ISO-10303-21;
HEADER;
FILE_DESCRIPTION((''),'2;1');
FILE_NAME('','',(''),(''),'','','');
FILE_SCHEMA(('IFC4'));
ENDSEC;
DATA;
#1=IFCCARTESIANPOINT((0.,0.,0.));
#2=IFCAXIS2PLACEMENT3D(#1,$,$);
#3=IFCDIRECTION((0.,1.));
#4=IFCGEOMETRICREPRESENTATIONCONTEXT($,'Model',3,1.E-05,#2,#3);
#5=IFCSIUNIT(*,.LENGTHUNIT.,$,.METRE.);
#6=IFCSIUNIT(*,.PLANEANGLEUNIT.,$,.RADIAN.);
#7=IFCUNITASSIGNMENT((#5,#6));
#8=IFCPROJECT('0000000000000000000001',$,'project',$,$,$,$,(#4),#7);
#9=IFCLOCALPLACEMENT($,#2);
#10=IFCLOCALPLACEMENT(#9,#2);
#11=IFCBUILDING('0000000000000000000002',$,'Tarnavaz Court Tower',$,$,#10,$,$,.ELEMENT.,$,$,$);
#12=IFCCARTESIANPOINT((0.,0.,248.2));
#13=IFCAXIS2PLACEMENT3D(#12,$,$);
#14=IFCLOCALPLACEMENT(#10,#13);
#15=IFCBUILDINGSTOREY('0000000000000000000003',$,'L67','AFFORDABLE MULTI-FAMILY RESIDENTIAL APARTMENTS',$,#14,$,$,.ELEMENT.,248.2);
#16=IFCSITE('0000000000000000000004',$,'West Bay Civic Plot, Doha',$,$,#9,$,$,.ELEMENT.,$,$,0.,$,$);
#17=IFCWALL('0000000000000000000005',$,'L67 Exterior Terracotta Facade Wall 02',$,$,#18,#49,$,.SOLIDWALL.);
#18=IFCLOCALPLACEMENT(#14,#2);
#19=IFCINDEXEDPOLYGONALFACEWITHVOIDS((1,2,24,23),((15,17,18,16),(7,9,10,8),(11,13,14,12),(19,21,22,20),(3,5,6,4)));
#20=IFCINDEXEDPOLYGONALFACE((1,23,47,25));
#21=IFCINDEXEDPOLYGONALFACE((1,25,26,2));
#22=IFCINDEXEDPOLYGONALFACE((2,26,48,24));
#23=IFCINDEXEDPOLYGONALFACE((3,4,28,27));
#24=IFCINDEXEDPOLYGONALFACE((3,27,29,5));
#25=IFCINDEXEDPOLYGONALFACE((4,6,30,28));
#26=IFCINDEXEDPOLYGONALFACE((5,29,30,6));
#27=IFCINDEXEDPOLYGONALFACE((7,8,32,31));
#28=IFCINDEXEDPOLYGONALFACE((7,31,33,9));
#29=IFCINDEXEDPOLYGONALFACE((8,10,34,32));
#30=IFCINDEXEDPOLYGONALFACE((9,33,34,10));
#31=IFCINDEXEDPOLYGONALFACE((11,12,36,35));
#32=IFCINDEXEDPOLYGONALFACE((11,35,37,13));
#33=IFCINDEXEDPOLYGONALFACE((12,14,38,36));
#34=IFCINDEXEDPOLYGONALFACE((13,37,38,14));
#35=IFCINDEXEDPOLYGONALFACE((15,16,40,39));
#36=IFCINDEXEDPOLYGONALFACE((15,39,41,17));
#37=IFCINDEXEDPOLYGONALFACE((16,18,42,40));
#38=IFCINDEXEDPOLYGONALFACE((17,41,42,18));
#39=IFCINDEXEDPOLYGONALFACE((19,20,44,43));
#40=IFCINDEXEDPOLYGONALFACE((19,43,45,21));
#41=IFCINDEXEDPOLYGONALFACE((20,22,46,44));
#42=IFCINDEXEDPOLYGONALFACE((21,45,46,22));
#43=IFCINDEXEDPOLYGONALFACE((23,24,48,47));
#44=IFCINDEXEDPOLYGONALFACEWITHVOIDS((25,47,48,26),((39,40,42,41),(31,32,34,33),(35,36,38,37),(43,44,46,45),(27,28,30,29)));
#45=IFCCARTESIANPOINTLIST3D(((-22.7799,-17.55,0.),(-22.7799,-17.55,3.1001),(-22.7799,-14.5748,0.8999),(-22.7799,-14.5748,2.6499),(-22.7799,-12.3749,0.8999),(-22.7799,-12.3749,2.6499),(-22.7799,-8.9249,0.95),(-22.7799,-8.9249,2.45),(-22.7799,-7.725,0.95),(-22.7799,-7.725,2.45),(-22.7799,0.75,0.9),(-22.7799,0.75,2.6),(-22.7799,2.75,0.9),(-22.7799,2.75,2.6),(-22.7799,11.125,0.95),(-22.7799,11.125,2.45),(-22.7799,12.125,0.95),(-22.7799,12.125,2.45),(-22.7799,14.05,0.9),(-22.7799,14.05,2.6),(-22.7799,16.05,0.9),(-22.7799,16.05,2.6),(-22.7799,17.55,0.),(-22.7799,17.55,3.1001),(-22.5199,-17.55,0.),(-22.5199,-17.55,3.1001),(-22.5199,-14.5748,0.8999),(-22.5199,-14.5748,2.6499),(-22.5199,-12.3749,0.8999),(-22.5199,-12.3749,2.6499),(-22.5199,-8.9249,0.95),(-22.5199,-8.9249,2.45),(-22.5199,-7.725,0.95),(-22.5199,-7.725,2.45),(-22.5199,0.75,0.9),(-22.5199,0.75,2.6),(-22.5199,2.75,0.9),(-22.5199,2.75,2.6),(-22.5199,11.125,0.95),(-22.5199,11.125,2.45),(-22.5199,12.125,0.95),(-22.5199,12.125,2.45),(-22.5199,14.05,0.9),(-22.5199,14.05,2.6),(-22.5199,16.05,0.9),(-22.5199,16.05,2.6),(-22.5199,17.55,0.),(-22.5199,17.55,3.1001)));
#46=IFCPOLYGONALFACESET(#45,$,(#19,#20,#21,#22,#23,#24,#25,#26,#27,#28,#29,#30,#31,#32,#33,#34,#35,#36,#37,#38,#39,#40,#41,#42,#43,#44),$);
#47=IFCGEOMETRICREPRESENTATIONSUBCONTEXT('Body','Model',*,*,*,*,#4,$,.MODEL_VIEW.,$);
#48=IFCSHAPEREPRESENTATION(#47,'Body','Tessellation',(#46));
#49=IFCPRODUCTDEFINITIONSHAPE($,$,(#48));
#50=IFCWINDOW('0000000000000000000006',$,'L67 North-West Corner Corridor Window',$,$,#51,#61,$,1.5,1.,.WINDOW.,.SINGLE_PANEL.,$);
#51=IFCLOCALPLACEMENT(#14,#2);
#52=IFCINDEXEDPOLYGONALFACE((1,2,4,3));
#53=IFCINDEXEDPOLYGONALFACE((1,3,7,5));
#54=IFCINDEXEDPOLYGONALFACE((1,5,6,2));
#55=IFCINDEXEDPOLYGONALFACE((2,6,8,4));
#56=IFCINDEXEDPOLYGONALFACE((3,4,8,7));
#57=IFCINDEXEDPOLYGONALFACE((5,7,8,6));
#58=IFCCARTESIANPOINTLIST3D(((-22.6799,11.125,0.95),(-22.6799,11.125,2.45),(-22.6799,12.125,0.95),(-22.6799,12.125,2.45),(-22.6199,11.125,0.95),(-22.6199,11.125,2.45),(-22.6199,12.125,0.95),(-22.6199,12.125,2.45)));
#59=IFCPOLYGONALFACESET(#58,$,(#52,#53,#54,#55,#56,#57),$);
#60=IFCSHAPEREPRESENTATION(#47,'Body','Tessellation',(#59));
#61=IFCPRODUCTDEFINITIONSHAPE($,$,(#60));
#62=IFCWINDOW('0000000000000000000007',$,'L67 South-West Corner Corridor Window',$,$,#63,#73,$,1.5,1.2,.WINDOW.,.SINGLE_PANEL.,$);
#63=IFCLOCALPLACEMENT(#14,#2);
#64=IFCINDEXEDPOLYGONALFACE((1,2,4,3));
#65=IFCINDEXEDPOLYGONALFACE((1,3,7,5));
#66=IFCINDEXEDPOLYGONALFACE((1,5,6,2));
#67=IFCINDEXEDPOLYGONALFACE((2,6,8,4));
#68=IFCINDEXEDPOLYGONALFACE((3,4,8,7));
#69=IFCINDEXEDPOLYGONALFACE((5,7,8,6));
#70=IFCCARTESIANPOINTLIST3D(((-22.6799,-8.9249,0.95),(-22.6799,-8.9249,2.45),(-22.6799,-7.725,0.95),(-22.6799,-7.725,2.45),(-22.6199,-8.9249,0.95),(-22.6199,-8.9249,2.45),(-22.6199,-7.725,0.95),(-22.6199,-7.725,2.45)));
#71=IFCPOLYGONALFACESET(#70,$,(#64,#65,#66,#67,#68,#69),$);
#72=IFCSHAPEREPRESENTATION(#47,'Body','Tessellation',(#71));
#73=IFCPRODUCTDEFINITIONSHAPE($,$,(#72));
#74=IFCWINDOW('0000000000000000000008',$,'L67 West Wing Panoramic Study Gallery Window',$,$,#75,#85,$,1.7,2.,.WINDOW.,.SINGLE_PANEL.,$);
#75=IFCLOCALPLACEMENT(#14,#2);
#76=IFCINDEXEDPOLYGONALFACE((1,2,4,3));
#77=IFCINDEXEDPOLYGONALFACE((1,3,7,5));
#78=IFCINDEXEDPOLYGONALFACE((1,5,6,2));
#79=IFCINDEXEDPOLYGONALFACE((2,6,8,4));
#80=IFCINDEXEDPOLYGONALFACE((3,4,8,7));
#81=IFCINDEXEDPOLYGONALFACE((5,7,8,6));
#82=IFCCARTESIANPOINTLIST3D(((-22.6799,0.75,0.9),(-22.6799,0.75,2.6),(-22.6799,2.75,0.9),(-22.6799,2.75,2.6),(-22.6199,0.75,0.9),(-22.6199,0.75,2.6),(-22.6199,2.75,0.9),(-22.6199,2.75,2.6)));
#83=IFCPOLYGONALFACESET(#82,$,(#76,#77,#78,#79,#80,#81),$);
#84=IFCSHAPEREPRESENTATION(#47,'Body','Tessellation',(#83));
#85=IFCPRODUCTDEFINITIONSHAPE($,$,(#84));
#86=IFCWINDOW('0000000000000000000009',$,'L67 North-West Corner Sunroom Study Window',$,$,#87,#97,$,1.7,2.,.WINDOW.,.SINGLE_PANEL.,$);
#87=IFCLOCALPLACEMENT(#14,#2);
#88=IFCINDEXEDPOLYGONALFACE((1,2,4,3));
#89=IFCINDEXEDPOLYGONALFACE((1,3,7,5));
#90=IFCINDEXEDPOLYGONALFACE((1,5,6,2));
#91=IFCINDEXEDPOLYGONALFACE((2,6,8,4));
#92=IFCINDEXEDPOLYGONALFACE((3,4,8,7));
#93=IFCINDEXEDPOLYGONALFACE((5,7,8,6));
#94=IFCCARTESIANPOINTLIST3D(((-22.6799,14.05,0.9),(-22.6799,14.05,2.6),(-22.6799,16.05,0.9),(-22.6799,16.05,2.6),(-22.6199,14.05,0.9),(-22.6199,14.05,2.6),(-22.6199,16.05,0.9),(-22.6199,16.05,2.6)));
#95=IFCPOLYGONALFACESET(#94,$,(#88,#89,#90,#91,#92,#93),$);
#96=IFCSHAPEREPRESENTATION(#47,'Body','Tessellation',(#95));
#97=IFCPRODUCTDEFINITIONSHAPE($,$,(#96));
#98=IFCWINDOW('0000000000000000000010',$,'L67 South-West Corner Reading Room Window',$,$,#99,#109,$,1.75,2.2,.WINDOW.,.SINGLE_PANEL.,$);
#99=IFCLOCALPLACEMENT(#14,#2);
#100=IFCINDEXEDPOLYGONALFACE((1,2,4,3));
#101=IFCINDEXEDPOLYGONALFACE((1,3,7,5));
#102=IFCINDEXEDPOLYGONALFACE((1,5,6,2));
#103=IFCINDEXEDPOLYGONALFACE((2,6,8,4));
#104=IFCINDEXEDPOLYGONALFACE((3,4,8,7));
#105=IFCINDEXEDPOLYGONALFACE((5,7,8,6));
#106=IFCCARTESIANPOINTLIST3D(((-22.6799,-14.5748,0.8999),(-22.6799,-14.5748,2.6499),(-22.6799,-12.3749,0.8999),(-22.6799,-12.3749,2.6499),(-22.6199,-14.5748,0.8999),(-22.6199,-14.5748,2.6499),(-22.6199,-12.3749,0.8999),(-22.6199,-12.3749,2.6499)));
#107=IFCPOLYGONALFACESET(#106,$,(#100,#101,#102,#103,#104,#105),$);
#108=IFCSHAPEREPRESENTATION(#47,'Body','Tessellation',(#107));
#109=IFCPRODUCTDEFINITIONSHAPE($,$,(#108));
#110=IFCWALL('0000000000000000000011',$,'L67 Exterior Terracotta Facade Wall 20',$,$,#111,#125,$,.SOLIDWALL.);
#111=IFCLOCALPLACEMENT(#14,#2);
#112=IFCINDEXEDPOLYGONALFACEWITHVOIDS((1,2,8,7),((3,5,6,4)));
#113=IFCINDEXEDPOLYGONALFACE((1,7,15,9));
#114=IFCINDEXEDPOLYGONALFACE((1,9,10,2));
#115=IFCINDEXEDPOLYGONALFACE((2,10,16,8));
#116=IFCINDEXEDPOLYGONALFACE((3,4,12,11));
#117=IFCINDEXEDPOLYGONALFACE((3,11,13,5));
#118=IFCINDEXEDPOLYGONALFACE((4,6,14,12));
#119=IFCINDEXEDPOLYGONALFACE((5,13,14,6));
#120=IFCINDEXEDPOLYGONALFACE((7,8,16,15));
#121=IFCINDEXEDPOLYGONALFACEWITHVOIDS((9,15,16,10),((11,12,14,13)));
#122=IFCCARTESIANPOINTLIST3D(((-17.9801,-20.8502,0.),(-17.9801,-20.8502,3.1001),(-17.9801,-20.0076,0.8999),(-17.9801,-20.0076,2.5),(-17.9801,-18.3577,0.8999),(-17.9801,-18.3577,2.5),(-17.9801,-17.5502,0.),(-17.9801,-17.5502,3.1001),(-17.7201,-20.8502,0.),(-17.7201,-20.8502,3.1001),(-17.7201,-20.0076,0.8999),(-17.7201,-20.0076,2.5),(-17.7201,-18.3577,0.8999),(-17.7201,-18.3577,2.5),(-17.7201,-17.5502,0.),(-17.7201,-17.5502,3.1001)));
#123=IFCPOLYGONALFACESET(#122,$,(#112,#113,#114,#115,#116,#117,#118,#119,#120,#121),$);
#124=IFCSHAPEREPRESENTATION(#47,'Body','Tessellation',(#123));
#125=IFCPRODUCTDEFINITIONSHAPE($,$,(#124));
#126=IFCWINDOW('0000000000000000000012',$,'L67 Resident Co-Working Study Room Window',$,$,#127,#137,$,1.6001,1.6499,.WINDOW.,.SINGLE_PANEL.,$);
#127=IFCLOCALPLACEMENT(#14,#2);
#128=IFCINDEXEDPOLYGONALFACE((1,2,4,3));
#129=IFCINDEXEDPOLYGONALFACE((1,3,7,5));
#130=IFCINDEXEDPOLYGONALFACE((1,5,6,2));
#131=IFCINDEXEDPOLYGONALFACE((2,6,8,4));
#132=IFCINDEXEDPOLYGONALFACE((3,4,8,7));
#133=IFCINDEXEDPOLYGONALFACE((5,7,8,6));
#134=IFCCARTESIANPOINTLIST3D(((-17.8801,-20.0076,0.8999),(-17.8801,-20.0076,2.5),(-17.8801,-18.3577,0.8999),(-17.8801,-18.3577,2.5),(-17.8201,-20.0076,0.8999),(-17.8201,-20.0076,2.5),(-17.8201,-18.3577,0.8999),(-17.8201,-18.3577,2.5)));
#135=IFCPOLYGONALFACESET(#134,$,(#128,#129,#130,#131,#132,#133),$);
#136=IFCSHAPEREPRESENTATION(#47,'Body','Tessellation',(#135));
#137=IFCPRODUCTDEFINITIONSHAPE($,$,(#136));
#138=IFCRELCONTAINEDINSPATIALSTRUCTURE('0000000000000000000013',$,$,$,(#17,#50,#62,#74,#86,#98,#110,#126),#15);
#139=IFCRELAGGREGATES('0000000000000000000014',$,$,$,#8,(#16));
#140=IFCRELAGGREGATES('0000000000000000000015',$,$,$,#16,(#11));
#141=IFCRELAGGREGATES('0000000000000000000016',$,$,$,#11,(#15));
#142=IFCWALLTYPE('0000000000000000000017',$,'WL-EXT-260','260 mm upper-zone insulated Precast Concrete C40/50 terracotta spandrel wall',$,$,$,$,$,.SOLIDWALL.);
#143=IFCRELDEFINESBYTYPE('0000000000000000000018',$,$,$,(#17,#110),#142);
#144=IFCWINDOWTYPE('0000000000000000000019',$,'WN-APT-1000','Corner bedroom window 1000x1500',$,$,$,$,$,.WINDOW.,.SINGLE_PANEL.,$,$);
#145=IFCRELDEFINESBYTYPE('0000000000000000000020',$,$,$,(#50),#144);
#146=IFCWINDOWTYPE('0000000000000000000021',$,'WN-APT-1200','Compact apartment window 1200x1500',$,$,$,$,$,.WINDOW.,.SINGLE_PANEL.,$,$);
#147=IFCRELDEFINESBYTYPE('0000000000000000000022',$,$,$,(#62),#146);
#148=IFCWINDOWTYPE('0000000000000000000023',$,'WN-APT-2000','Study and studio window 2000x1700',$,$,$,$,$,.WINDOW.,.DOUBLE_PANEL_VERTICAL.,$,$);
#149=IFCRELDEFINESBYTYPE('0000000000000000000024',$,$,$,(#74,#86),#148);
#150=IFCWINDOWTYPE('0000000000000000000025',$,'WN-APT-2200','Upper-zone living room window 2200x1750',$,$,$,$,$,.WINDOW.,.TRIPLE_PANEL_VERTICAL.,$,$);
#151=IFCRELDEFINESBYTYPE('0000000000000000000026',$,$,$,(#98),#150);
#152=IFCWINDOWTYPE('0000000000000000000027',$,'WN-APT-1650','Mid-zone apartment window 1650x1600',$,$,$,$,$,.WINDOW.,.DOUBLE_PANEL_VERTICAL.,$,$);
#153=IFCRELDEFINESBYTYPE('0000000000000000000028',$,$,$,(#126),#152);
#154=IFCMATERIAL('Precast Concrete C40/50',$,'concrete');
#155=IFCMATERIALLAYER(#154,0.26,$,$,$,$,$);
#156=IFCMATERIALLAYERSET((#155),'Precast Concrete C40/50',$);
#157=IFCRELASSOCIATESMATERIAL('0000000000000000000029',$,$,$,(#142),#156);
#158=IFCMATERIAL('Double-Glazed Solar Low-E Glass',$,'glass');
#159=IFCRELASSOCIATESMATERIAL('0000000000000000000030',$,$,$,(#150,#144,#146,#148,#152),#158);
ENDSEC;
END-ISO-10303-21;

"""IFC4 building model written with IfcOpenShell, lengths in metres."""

from ifc_helpers import new_model, si_unit, direction, frame, frame_2d, origin, place, context, subcontext, project, spatial, rectangle, extrude, material, layer, layer_set, type_object, element, fill, save


model = new_model("IFC4")

# Units and contexts
model_context = context("Model", 3, precision=1e-05, world=origin(), true_north=direction((0.0, 1.0)))
body_context = subcontext(model_context, "Body", "Model", "MODEL_VIEW")
ifc_project = project(units=[si_unit("LENGTHUNIT", "METRE"), si_unit("PLANEANGLEUNIT", "RADIAN")], contexts=[model_context])

# Site, building, storey
site_placement = place(None, origin())
site = spatial("IfcSite", under=ifc_project, at=site_placement, Name="West Bay Civic Plot, Doha", CompositionType="ELEMENT", RefElevation=0.0)
building_placement = place(site_placement, origin())
building = spatial("IfcBuilding", under=site, at=building_placement, Name="Tarnavaz Court Tower", CompositionType="ELEMENT")
storey_placement = place(building_placement, frame((0.0, 0.0, 248.2)))
storey = spatial("IfcBuildingStorey", under=building, at=storey_placement, Name="L67", Description="AFFORDABLE MULTI-FAMILY RESIDENTIAL APARTMENTS", CompositionType="ELEMENT", Elevation=248.2)

# Shared definitions
ifc_material_1 = material(Name="Precast Concrete C40/50", Category="concrete")
ifc_layer_1 = layer(ifc_material_1, 0.26)
ifc_layer_set_1 = layer_set([ifc_layer_1], Name="Precast Concrete C40/50")
wall_type_1 = type_object("IfcWallType", Name="WL-EXT-260", Description="260 mm upper-zone insulated Precast Concrete C40/50 terracotta spandrel wall", PredefinedType="SOLIDWALL", material=ifc_layer_set_1)
ifc_material_2 = material(Name="Double-Glazed Solar Low-E Glass", Category="glass")
window_type_1 = type_object("IfcWindowType", Name="WN-APT-2200", Description="Upper-zone living room window 2200x1750", PartitioningType="TRIPLE_PANEL_VERTICAL", PredefinedType="WINDOW", material=ifc_material_2)

# Wall, openings, windows
wall_1_placement = place(storey_placement, frame((-22.6499, -17.55, 0.0), z_axis=(0.0, 0.0, 1.0), x_axis=(0.0, 1.0, 0.0)))
wall_1 = element("IfcWall", 1, at=wall_1_placement, inside=storey, type_object=wall_type_1, Name="L67 Exterior Terracotta Facade Wall 02", PredefinedType="SOLIDWALL", context=body_context, shape_type="SweptSolid", body=[
    extrude(rectangle(XDim=35.1001, YDim=0.26, at=frame_2d((17.55, 0.0))), origin(), (0.0, 0.0, 1.0), 3.1001),
])
opening_1_placement = place(wall_1_placement, frame((2.9751, 0.0, 0.8999)))
opening_1 = element("IfcOpeningElement", 2, at=opening_1_placement, cuts=wall_1, PredefinedType="OPENING", context=body_context, shape_type="SweptSolid", body=[
    extrude(rectangle(XDim=2.2, YDim=1.75, at=frame_2d((1.1001, 0.875))), frame((0.0, 0.1399, 0.0), z_axis=(0.0, -1.0, 0.0), x_axis=(1.0, 0.0, 0.0)), (0.0, 0.0, 1.0), 0.28),
])
opening_2_placement = place(wall_1_placement, frame((8.625, 0.0, 0.95)))
opening_2 = element("IfcOpeningElement", 3, at=opening_2_placement, cuts=wall_1, PredefinedType="OPENING", context=body_context, shape_type="SweptSolid", body=[
    extrude(rectangle(XDim=1.2, YDim=1.5, at=frame_2d((0.6001, 0.75))), frame((0.0, 0.1399, 0.0), z_axis=(0.0, -1.0, 0.0), x_axis=(1.0, 0.0, 0.0)), (0.0, 0.0, 1.0), 0.28),
])
opening_3_placement = place(wall_1_placement, frame((18.3, 0.0, 0.8999)))
opening_3 = element("IfcOpeningElement", 4, at=opening_3_placement, cuts=wall_1, PredefinedType="OPENING", context=body_context, shape_type="SweptSolid", body=[
    extrude(rectangle(XDim=2.0, YDim=1.7, at=frame_2d((1.0, 0.8501))), frame((0.0, 0.1399, 0.0), z_axis=(0.0, -1.0, 0.0), x_axis=(1.0, 0.0, 0.0)), (0.0, 0.0, 1.0), 0.28),
])
opening_4_placement = place(wall_1_placement, frame((28.675, 0.0, 0.95)))
opening_4 = element("IfcOpeningElement", 5, at=opening_4_placement, cuts=wall_1, PredefinedType="OPENING", context=body_context, shape_type="SweptSolid", body=[
    extrude(rectangle(XDim=1.0, YDim=1.5, at=frame_2d((0.5, 0.75))), frame((0.0, 0.1399, 0.0), z_axis=(0.0, -1.0, 0.0), x_axis=(1.0, 0.0, 0.0)), (0.0, 0.0, 1.0), 0.28),
])
opening_5_placement = place(wall_1_placement, frame((31.6001, 0.0, 0.8999)))
opening_5 = element("IfcOpeningElement", 6, at=opening_5_placement, cuts=wall_1, PredefinedType="OPENING", context=body_context, shape_type="SweptSolid", body=[
    extrude(rectangle(XDim=2.0, YDim=1.7, at=frame_2d((1.0, 0.8501))), frame((0.0, 0.1399, 0.0), z_axis=(0.0, -1.0, 0.0), x_axis=(1.0, 0.0, 0.0)), (0.0, 0.0, 1.0), 0.28),
])
window_type_2 = type_object("IfcWindowType", Name="WN-APT-1000", Description="Corner bedroom window 1000x1500", PartitioningType="SINGLE_PANEL", PredefinedType="WINDOW", material=ifc_material_2)
window_1_placement = place(opening_4_placement, origin())
window_1 = element("IfcWindow", 7, at=window_1_placement, inside=storey, type_object=window_type_2, Name="L67 North-West Corner Corridor Window", OverallHeight=1.5, OverallWidth=1.0, PartitioningType="SINGLE_PANEL", PredefinedType="WINDOW", context=body_context, shape_type="SweptSolid", body=[
    extrude(rectangle(XDim=1.0, YDim=1.5, at=frame_2d((0.5, 0.75))), frame((0.0, 0.03, 0.0), z_axis=(0.0, -1.0, 0.0), x_axis=(1.0, 0.0, 0.0)), (0.0, 0.0, 1.0), 0.0601),
])
fill(opening_4, window_1)
window_type_3 = type_object("IfcWindowType", Name="WN-APT-1200", Description="Compact apartment window 1200x1500", PartitioningType="SINGLE_PANEL", PredefinedType="WINDOW", material=ifc_material_2)
window_2_placement = place(opening_2_placement, origin())
window_2 = element("IfcWindow", 8, at=window_2_placement, inside=storey, type_object=window_type_3, Name="L67 South-West Corner Corridor Window", OverallHeight=1.5, OverallWidth=1.2, PartitioningType="SINGLE_PANEL", PredefinedType="WINDOW", context=body_context, shape_type="SweptSolid", body=[
    extrude(rectangle(XDim=1.2, YDim=1.5, at=frame_2d((0.6001, 0.75))), frame((0.0, 0.03, 0.0), z_axis=(0.0, -1.0, 0.0), x_axis=(1.0, 0.0, 0.0)), (0.0, 0.0, 1.0), 0.0601),
])
fill(opening_2, window_2)
window_type_4 = type_object("IfcWindowType", Name="WN-APT-2000", Description="Study and studio window 2000x1700", PartitioningType="DOUBLE_PANEL_VERTICAL", PredefinedType="WINDOW", material=ifc_material_2)
window_3_placement = place(opening_3_placement, origin())
window_3 = element("IfcWindow", 9, at=window_3_placement, inside=storey, type_object=window_type_4, Name="L67 West Wing Panoramic Study Gallery Window", OverallHeight=1.7, OverallWidth=2.0, PartitioningType="SINGLE_PANEL", PredefinedType="WINDOW", context=body_context, shape_type="SweptSolid", body=[
    extrude(rectangle(XDim=2.0, YDim=1.7, at=frame_2d((1.0, 0.8501))), frame((0.0, 0.03, 0.0), z_axis=(0.0, -1.0, 0.0), x_axis=(1.0, 0.0, 0.0)), (0.0, 0.0, 1.0), 0.0601),
])
fill(opening_3, window_3)
window_4_placement = place(opening_5_placement, origin())
window_4 = element("IfcWindow", 10, at=window_4_placement, inside=storey, type_object=window_type_4, Name="L67 North-West Corner Sunroom Study Window", OverallHeight=1.7, OverallWidth=2.0, PartitioningType="SINGLE_PANEL", PredefinedType="WINDOW", context=body_context, shape_type="SweptSolid", body=[
    extrude(rectangle(XDim=2.0, YDim=1.7, at=frame_2d((1.0, 0.8501))), frame((0.0, 0.03, 0.0), z_axis=(0.0, -1.0, 0.0), x_axis=(1.0, 0.0, 0.0)), (0.0, 0.0, 1.0), 0.0601),
])
fill(opening_5, window_4)
window_5_placement = place(opening_1_placement, origin())
window_5 = element("IfcWindow", 11, at=window_5_placement, inside=storey, type_object=window_type_1, Name="L67 South-West Corner Reading Room Window", OverallHeight=1.75, OverallWidth=2.2, PartitioningType="SINGLE_PANEL", PredefinedType="WINDOW", context=body_context, shape_type="SweptSolid", body=[
    extrude(rectangle(XDim=2.2, YDim=1.75, at=frame_2d((1.1001, 0.875))), frame((0.0, 0.03, 0.0), z_axis=(0.0, -1.0, 0.0), x_axis=(1.0, 0.0, 0.0)), (0.0, 0.0, 1.0), 0.0601),
])
fill(opening_1, window_5)

# Wall, opening, window
wall_2_placement = place(storey_placement, frame((-17.8501, -20.8501, 0.0), z_axis=(0.0, 0.0, 1.0), x_axis=(0.0, 1.0, 0.0)))
wall_2 = element("IfcWall", 12, at=wall_2_placement, inside=storey, type_object=wall_type_1, Name="L67 Exterior Terracotta Facade Wall 20", PredefinedType="SOLIDWALL", context=body_context, shape_type="SweptSolid", body=[
    extrude(rectangle(XDim=3.3, YDim=0.26, at=frame_2d((1.6499, 0.0))), origin(), (0.0, 0.0, 1.0), 3.1001),
])
opening_6_placement = place(wall_2_placement, frame((0.8425, 0.0, 0.8999)))
opening_6 = element("IfcOpeningElement", 13, at=opening_6_placement, cuts=wall_2, PredefinedType="OPENING", context=body_context, shape_type="SweptSolid", body=[
    extrude(rectangle(XDim=1.6499, YDim=1.6001, at=frame_2d((0.825, 0.8))), frame((0.0, 0.1399, 0.0), z_axis=(0.0, -1.0, 0.0), x_axis=(1.0, 0.0, 0.0)), (0.0, 0.0, 1.0), 0.28),
])
window_type_5 = type_object("IfcWindowType", Name="WN-APT-1650", Description="Mid-zone apartment window 1650x1600", PartitioningType="DOUBLE_PANEL_VERTICAL", PredefinedType="WINDOW", material=ifc_material_2)
window_6_placement = place(opening_6_placement, origin())
window_6 = element("IfcWindow", 14, at=window_6_placement, inside=storey, type_object=window_type_5, Name="L67 Resident Co-Working Study Room Window", OverallHeight=1.6001, OverallWidth=1.6499, PartitioningType="SINGLE_PANEL", PredefinedType="WINDOW", context=body_context, shape_type="SweptSolid", body=[
    extrude(rectangle(XDim=1.6499, YDim=1.6001, at=frame_2d((0.825, 0.8))), frame((0.0, 0.03, 0.0), z_axis=(0.0, -1.0, 0.0), x_axis=(1.0, 0.0, 0.0)), (0.0, 0.0, 1.0), 0.0601),
])
fill(opening_6, window_6)

save(model, "model.ifc")
